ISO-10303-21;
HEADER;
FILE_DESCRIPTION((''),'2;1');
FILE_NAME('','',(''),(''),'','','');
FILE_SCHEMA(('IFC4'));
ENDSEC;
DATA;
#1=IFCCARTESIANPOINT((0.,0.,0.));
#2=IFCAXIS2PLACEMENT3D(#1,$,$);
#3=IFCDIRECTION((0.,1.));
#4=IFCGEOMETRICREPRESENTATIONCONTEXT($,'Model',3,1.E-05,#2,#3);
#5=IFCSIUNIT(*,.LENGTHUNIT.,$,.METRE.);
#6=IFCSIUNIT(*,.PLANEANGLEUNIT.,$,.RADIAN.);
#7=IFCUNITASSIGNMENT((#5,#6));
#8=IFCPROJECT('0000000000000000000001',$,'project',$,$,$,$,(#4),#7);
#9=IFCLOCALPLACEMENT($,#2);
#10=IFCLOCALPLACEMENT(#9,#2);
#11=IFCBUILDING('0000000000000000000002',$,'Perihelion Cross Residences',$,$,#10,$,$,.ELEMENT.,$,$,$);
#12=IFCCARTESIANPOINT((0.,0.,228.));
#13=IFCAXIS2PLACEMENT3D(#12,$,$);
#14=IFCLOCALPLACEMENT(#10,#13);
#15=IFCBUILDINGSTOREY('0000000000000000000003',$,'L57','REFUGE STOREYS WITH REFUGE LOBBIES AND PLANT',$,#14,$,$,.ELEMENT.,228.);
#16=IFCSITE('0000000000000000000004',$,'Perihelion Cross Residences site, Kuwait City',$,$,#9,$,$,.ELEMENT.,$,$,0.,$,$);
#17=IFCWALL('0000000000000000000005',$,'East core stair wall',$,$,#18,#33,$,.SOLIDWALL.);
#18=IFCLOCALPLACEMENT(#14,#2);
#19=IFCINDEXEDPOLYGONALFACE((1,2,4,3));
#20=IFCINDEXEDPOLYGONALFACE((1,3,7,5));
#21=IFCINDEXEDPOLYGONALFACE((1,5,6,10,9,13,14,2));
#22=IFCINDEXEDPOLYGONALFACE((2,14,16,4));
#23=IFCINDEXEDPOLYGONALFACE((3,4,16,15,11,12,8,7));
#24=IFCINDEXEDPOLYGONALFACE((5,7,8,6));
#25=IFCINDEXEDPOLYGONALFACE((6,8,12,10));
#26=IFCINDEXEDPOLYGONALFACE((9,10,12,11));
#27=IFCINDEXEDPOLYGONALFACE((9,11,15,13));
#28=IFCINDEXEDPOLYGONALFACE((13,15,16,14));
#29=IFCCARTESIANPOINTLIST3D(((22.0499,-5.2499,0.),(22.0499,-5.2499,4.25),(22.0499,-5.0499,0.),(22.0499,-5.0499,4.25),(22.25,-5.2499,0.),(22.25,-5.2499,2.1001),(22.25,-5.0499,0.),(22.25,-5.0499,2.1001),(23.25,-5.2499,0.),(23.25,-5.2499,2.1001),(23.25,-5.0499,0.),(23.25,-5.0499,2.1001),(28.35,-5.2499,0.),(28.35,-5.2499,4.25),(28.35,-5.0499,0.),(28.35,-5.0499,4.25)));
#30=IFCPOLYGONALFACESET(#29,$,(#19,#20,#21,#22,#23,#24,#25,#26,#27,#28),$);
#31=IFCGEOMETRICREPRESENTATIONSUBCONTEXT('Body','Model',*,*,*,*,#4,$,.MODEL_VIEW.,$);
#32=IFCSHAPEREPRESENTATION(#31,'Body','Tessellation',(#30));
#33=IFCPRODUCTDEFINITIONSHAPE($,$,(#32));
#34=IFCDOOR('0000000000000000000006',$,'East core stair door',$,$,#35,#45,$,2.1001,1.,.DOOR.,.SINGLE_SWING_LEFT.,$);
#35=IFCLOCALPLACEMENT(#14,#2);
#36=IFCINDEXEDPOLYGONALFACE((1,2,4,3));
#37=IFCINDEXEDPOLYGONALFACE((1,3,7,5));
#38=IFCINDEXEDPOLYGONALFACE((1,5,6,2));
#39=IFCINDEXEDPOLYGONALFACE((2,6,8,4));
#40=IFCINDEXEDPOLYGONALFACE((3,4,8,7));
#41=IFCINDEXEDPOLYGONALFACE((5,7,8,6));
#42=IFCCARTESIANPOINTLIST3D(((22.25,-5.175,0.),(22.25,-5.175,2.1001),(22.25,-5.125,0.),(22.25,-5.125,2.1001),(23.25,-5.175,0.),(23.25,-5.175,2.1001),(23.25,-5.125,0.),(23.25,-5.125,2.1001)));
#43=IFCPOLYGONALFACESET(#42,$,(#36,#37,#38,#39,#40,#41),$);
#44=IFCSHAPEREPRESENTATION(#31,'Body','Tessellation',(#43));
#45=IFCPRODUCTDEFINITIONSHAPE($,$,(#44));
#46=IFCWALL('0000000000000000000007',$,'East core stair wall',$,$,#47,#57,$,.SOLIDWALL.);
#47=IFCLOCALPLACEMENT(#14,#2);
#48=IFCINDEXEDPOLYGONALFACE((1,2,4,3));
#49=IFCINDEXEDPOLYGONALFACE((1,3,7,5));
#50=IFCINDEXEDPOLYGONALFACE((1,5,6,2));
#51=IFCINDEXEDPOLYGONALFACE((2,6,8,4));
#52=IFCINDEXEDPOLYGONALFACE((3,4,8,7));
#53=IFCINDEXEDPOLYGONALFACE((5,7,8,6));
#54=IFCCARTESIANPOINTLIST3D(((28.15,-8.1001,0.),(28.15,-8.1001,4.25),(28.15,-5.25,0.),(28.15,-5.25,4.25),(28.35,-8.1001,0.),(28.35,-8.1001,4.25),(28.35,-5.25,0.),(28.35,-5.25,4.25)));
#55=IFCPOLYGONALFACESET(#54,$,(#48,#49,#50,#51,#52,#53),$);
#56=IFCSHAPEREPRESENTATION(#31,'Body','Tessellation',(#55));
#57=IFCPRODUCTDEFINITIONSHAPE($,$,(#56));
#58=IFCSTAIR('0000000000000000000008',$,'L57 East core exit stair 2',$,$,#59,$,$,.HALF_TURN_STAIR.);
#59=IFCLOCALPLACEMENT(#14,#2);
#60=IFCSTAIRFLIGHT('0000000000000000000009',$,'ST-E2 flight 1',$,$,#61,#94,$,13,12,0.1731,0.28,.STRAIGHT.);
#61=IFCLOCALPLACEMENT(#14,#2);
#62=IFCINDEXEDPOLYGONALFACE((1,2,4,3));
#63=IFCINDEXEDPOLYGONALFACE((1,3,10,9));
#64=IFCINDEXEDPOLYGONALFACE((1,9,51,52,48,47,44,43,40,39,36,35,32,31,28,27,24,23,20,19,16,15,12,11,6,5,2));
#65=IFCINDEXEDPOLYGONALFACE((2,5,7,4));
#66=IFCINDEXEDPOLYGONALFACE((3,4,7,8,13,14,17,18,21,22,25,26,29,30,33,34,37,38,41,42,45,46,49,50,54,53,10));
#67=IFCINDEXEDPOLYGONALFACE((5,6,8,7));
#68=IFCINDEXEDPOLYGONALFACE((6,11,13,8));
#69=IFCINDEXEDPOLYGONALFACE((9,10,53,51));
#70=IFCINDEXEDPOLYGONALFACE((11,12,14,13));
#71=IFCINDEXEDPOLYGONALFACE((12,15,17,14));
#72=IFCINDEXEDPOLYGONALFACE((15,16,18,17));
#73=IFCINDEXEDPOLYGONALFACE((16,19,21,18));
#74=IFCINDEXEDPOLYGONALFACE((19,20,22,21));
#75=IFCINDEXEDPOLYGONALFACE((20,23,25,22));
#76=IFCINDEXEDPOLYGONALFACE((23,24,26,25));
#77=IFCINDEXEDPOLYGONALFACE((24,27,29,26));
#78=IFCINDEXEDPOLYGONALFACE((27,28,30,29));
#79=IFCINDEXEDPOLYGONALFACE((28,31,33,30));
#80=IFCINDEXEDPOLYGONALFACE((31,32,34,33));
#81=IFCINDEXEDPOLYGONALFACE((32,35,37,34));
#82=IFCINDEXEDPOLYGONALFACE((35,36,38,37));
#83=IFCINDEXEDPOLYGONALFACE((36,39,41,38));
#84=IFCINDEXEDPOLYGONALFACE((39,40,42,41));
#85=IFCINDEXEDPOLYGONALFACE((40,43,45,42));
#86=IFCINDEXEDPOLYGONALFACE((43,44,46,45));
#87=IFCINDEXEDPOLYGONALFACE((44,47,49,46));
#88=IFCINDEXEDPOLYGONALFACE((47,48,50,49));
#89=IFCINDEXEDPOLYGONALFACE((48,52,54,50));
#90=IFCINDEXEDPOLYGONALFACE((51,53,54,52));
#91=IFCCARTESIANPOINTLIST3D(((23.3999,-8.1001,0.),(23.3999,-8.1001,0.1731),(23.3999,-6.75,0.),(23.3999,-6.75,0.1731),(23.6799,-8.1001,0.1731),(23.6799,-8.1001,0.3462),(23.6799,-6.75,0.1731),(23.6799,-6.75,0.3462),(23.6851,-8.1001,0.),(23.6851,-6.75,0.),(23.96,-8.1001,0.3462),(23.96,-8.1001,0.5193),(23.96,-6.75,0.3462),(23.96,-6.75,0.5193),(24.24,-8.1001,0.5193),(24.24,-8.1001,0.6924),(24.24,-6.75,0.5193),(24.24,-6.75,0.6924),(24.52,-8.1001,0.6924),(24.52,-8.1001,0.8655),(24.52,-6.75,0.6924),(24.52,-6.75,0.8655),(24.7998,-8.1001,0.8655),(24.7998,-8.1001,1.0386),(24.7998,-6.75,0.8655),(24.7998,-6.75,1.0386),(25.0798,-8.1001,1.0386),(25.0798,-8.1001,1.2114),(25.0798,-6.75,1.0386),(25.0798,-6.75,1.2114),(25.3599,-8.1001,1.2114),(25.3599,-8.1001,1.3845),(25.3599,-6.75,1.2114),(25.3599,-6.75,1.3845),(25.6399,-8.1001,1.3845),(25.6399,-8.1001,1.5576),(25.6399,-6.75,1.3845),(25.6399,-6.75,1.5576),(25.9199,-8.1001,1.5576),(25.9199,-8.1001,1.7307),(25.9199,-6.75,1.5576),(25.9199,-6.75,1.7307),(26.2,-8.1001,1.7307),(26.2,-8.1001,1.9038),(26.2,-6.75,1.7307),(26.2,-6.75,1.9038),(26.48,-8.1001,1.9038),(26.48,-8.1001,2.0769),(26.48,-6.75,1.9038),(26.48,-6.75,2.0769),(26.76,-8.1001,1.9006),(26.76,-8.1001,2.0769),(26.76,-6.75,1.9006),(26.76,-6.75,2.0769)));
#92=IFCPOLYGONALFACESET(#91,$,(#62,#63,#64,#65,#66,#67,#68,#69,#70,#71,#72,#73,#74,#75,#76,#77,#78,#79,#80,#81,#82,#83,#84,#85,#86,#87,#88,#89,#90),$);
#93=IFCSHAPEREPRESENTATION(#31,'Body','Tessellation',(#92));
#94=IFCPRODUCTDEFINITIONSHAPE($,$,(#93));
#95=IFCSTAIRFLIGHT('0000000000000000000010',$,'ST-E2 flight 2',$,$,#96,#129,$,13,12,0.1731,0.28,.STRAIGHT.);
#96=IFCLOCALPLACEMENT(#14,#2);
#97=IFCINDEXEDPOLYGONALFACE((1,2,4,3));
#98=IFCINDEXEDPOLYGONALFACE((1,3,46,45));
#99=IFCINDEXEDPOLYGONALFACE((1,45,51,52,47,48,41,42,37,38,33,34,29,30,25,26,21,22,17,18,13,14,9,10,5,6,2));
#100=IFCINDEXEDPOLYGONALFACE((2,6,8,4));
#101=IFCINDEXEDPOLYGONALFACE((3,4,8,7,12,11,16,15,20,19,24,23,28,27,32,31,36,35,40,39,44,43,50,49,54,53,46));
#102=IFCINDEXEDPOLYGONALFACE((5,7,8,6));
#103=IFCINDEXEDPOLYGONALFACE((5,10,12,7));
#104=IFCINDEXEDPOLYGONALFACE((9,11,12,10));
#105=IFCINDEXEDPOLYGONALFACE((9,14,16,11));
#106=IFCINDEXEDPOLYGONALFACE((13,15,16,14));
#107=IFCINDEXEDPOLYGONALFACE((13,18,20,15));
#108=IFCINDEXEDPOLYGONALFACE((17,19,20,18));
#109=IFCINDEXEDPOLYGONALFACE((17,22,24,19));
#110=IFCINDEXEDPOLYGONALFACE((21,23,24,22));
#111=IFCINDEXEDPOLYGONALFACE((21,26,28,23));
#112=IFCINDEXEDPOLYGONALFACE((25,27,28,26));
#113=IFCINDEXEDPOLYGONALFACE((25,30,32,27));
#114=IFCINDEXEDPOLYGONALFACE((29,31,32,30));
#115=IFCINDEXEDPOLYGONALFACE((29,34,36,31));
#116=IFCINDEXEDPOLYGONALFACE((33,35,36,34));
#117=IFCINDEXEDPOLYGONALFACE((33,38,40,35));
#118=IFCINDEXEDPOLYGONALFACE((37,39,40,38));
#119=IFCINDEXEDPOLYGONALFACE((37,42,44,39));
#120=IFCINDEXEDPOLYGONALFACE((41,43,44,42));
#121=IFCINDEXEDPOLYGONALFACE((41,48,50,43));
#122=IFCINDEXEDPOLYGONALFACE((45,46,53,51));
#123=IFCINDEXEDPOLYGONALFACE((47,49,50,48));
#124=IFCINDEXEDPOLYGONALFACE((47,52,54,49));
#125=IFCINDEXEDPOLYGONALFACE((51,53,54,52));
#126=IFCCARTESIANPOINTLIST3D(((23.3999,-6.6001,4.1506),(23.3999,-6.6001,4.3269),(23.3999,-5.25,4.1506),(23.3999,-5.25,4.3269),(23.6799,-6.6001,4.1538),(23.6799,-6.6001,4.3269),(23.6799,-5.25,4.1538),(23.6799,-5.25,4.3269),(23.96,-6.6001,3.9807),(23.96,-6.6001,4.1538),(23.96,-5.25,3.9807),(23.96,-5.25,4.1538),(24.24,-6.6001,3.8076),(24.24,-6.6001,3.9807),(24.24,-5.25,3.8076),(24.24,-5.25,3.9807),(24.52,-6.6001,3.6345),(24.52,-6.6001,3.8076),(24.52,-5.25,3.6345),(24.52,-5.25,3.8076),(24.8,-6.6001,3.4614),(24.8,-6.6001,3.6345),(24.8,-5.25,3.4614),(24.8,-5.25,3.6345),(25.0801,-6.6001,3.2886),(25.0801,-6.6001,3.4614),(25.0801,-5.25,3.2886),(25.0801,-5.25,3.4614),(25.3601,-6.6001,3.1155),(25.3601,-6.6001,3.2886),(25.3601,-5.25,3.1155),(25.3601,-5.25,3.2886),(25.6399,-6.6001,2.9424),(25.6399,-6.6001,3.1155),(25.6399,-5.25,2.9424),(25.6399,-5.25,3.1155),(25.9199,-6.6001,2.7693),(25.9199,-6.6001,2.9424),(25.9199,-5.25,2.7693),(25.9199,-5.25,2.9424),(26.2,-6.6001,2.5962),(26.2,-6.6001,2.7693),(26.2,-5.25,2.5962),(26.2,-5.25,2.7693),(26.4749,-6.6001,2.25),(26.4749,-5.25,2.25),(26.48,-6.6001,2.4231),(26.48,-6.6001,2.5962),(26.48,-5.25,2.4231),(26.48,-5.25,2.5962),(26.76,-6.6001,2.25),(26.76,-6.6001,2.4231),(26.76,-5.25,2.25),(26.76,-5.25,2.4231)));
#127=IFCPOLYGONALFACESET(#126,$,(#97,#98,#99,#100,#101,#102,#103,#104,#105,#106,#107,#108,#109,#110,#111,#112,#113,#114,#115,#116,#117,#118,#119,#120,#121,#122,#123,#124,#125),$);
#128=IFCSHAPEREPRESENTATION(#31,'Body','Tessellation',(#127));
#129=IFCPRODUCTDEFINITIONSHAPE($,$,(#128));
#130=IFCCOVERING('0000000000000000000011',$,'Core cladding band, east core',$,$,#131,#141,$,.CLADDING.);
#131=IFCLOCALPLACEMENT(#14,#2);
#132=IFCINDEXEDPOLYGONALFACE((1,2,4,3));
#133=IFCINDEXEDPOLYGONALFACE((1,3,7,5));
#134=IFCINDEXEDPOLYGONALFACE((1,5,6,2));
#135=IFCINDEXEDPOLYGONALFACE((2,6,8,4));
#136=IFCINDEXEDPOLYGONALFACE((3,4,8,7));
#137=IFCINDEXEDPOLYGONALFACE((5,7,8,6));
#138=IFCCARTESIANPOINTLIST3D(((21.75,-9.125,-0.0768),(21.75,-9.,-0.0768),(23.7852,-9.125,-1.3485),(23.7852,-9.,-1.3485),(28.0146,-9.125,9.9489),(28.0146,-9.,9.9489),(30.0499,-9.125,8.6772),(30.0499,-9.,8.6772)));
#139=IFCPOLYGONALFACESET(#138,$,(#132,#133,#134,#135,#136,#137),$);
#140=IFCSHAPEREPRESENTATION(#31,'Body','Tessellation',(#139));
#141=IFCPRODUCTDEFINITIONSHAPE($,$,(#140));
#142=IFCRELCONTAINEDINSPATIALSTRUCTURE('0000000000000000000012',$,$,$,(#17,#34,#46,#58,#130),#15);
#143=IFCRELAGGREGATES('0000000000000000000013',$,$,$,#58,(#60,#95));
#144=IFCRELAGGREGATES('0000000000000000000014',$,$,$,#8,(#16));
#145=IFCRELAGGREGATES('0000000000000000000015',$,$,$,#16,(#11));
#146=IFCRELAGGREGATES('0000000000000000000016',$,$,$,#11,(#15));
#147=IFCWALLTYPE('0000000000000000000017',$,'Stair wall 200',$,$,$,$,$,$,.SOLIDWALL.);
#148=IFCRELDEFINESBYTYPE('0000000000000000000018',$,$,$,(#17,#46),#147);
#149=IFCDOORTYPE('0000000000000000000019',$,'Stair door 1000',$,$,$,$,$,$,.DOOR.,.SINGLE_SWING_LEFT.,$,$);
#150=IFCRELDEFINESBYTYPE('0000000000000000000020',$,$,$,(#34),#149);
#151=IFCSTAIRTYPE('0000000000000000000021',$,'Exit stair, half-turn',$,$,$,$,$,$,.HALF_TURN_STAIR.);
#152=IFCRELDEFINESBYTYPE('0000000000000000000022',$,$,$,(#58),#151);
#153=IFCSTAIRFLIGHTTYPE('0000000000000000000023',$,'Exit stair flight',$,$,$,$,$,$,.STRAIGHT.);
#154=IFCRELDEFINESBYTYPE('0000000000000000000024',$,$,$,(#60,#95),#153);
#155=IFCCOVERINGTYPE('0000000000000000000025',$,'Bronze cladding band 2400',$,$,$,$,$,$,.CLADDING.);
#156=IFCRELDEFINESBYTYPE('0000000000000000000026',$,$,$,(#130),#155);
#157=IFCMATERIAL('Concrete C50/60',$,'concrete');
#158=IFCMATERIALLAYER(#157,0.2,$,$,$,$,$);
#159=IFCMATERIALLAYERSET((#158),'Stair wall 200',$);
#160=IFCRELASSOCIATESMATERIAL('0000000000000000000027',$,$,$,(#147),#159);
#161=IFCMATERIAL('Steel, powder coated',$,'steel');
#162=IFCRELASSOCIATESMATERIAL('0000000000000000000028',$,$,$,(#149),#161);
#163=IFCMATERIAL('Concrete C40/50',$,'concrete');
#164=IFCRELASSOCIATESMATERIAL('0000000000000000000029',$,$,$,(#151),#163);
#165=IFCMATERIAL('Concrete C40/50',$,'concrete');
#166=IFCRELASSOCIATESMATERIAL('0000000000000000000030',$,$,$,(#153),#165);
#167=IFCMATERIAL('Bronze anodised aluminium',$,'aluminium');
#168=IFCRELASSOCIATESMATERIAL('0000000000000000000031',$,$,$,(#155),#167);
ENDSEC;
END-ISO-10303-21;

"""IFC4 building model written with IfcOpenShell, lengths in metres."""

from ifc_helpers import new_model, si_unit, direction, frame, frame_2d, origin, origin_2d, place, context, subcontext, project, spatial, polyline, rectangle, outline, extrude, material, layer, layer_set, material_profile, profile_set, type_object, element, fill, aggregate, save


model = new_model("IFC4")

# Units and contexts
model_context = context("Model", 3, precision=1e-05, world=origin(), true_north=direction((0.0, 1.0)))
body_context = subcontext(model_context, "Body", "Model", "MODEL_VIEW")
ifc_project = project(units=[si_unit("LENGTHUNIT", "METRE"), si_unit("PLANEANGLEUNIT", "RADIAN")], contexts=[model_context])

# Site, building, storey
site_placement = place(None, origin())
site = spatial("IfcSite", under=ifc_project, at=site_placement, Name="Perihelion Cross Residences site, Kuwait City", CompositionType="ELEMENT", RefElevation=0.0)
building_placement = place(site_placement, origin())
building = spatial("IfcBuilding", under=site, at=building_placement, Name="Perihelion Cross Residences", CompositionType="ELEMENT")
storey_placement = place(building_placement, frame((0.0, 0.0, 228.0)))
storey = spatial("IfcBuildingStorey", under=building, at=storey_placement, Name="L57", Description="REFUGE STOREYS WITH REFUGE LOBBIES AND PLANT", CompositionType="ELEMENT", Elevation=228.0)

# Wall, opening, door
ifc_material_1 = material(Name="Concrete C50/60", Category="concrete")
ifc_layer_1 = layer(ifc_material_1, 0.2)
ifc_layer_set_1 = layer_set([ifc_layer_1], Name="Stair wall 200")
wall_type_1 = type_object("IfcWallType", Name="Stair wall 200", PredefinedType="SOLIDWALL", material=ifc_layer_set_1)
wall_1_placement = place(storey_placement, frame((22.05, -5.1499, 0.0), z_axis=(0.0, 0.0, 1.0), x_axis=(1.0, 0.0, 0.0)))
wall_1 = element("IfcWall", 1, at=wall_1_placement, inside=storey, type_object=wall_type_1, Name="East core stair wall", PredefinedType="SOLIDWALL", context=body_context, shape_type="SweptSolid", body=[
    extrude(rectangle(XDim=6.3, YDim=0.2, at=frame_2d((3.1499, 0.0))), origin(), (0.0, 0.0, 1.0), 4.25),
])
opening_1_placement = place(wall_1_placement, frame((0.2, 0.0, 0.0)))
opening_1 = element("IfcOpeningElement", 2, at=opening_1_placement, cuts=wall_1, PredefinedType="OPENING", context=body_context, shape_type="SweptSolid", body=[
    extrude(rectangle(XDim=1.0, YDim=2.1001, at=frame_2d((0.5, 1.05))), frame((0.0, 0.1099, 0.0), z_axis=(0.0, -1.0, 0.0), x_axis=(1.0, 0.0, 0.0)), (0.0, 0.0, 1.0), 0.22),
])
ifc_material_2 = material(Name="Steel, powder coated", Category="steel")
door_type_1 = type_object("IfcDoorType", Name="Stair door 1000", OperationType="SINGLE_SWING_LEFT", PredefinedType="DOOR", material=ifc_material_2)
door_1_placement = place(opening_1_placement, origin())
door_1 = element("IfcDoor", 3, at=door_1_placement, inside=storey, type_object=door_type_1, Name="East core stair door", OperationType="SINGLE_SWING_LEFT", OverallHeight=2.1001, OverallWidth=1.0, PredefinedType="DOOR", context=body_context, shape_type="SweptSolid", body=[
    extrude(rectangle(XDim=1.0, YDim=2.1001, at=frame_2d((0.5, 1.05))), frame((0.0, 0.0249, 0.0), z_axis=(0.0, -1.0, 0.0), x_axis=(1.0, 0.0, 0.0)), (0.0, 0.0, 1.0), 0.05),
])
fill(opening_1, door_1)

# Wall
wall_2_placement = place(storey_placement, frame((28.25, -8.1001, 0.0), z_axis=(0.0, 0.0, 1.0), x_axis=(0.0, 1.0, 0.0)))
element("IfcWall", 4, at=wall_2_placement, inside=storey, type_object=wall_type_1, Name="East core stair wall", PredefinedType="SOLIDWALL", context=body_context, shape_type="SweptSolid", body=[
    extrude(rectangle(XDim=2.8501, YDim=0.2, at=frame_2d((1.425, 0.0))), origin(), (0.0, 0.0, 1.0), 4.25),
])

# Stair, stair flights
ifc_material_3 = material(Name="Concrete C40/50", Category="concrete")
stair_type = type_object("IfcStairType", Name="Exit stair, half-turn", PredefinedType="HALF_TURN_STAIR", material=ifc_material_3)
stair_placement = place(storey_placement, origin())
stair = element("IfcStair", 5, at=stair_placement, inside=storey, type_object=stair_type, Name="L57 East core exit stair 2", PredefinedType="HALF_TURN_STAIR")
ifc_material_4 = material(Name="Concrete C40/50", Category="concrete")
stair_flight_type = type_object("IfcStairFlightType", Name="Exit stair flight", PredefinedType="STRAIGHT", material=ifc_material_4)
stair_flight_1_placement = place(storey_placement, frame((23.3999, -7.425, 0.0), z_axis=(0.0, 0.0, 1.0), x_axis=(1.0, 0.0, 0.0)))
stair_flight_1 = element("IfcStairFlight", 6, at=stair_flight_1_placement, type_object=stair_flight_type, Name="ST-E2 flight 1", NumberOfRisers=13, NumberOfTreads=12, PredefinedType="STRAIGHT", RiserHeight=0.1731, TreadLength=0.28, context=body_context, shape_type="SweptSolid", body=[
    extrude(outline(polyline([(0.0, 0.0), (0.0, 0.1731), (0.28, 0.1731), (0.28, 0.3462), (0.5601, 0.3462), (0.5601, 0.5193), (0.8401, 0.5193), (0.8401, 0.6924), (1.1201, 0.6924), (1.1201, 0.8655), (1.3999, 0.8655), (1.3999, 1.0386), (1.6799, 1.0386), (1.6799, 1.2114), (1.96, 1.2114), (1.96, 1.3845), (2.24, 1.3845), (2.24, 1.5576), (2.52, 1.5576), (2.52, 1.7307), (2.8, 1.7307), (2.8, 1.9038), (3.0801, 1.9038), (3.0801, 2.0769), (3.3601, 2.0769), (3.3601, 2.25), (3.3601, 1.9006), (0.2852, 0.0), (0.0, 0.0)])), frame((0.0, 0.675, 0.0), z_axis=(0.0, -1.0, 0.0), x_axis=(1.0, 0.0, 0.0)), (0.0, 0.0, 1.0), 1.3501),
])
stair_flight_2_placement = place(storey_placement, frame((26.76, -5.925, 2.25), z_axis=(0.0, 0.0, 1.0), x_axis=(-1.0, 0.0, 0.0)))
stair_flight_2 = element("IfcStairFlight", 7, at=stair_flight_2_placement, type_object=stair_flight_type, Name="ST-E2 flight 2", NumberOfRisers=13, NumberOfTreads=12, PredefinedType="STRAIGHT", RiserHeight=0.1731, TreadLength=0.28, context=body_context, shape_type="SweptSolid", body=[
    extrude(outline(polyline([(0.0, 0.0), (0.0, 0.1731), (0.28, 0.1731), (0.28, 0.3462), (0.5601, 0.3462), (0.5601, 0.5193), (0.8401, 0.5193), (0.8401, 0.6924), (1.1201, 0.6924), (1.1201, 0.8655), (1.3999, 0.8655), (1.3999, 1.0386), (1.6799, 1.0386), (1.6799, 1.2114), (1.96, 1.2114), (1.96, 1.3845), (2.24, 1.3845), (2.24, 1.5576), (2.52, 1.5576), (2.52, 1.7307), (2.8, 1.7307), (2.8, 1.9038), (3.0801, 1.9038), (3.0801, 2.0769), (3.3601, 2.0769), (3.3601, 2.25), (3.3601, 1.9006), (0.2852, 0.0), (0.0, 0.0)])), frame((0.0, 0.675, 0.0), z_axis=(0.0, -1.0, 0.0), x_axis=(1.0, 0.0, 0.0)), (0.0, 0.0, 1.0), 1.3501),
])
aggregate(stair, [stair_flight_1, stair_flight_2])

# Covering
ifc_material_5 = material(Name="Bronze anodised aluminium", Category="aluminium")
ifc_material_profile_1 = material_profile(ifc_material_5, rectangle(XDim=0.125, YDim=2.3999, at=origin_2d()), Name="Bronze cladding band 2400")
ifc_profile_set_1 = profile_set([ifc_material_profile_1], Name="Bronze anodised aluminium")
covering_type = type_object("IfcCoveringType", Name="Bronze cladding band 2400", PredefinedType="CLADDING", material=ifc_profile_set_1)
covering_placement = place(storey_placement, frame((22.7676, -9.0625, -0.7126), z_axis=(0.529915, 0.0, 0.848051), x_axis=(0.0, 1.0, 0.0)))
element("IfcCovering", 8, at=covering_placement, inside=storey, type_object=covering_type, Name="Core cladding band, east core", PredefinedType="CLADDING", context=body_context, shape_type="SweptSolid", body=[
    extrude(rectangle(XDim=0.125, YDim=2.3999, at=origin_2d()), origin(), (0.0, 0.0, 1.0), 11.822),
])

save(model, "model.ifc")
